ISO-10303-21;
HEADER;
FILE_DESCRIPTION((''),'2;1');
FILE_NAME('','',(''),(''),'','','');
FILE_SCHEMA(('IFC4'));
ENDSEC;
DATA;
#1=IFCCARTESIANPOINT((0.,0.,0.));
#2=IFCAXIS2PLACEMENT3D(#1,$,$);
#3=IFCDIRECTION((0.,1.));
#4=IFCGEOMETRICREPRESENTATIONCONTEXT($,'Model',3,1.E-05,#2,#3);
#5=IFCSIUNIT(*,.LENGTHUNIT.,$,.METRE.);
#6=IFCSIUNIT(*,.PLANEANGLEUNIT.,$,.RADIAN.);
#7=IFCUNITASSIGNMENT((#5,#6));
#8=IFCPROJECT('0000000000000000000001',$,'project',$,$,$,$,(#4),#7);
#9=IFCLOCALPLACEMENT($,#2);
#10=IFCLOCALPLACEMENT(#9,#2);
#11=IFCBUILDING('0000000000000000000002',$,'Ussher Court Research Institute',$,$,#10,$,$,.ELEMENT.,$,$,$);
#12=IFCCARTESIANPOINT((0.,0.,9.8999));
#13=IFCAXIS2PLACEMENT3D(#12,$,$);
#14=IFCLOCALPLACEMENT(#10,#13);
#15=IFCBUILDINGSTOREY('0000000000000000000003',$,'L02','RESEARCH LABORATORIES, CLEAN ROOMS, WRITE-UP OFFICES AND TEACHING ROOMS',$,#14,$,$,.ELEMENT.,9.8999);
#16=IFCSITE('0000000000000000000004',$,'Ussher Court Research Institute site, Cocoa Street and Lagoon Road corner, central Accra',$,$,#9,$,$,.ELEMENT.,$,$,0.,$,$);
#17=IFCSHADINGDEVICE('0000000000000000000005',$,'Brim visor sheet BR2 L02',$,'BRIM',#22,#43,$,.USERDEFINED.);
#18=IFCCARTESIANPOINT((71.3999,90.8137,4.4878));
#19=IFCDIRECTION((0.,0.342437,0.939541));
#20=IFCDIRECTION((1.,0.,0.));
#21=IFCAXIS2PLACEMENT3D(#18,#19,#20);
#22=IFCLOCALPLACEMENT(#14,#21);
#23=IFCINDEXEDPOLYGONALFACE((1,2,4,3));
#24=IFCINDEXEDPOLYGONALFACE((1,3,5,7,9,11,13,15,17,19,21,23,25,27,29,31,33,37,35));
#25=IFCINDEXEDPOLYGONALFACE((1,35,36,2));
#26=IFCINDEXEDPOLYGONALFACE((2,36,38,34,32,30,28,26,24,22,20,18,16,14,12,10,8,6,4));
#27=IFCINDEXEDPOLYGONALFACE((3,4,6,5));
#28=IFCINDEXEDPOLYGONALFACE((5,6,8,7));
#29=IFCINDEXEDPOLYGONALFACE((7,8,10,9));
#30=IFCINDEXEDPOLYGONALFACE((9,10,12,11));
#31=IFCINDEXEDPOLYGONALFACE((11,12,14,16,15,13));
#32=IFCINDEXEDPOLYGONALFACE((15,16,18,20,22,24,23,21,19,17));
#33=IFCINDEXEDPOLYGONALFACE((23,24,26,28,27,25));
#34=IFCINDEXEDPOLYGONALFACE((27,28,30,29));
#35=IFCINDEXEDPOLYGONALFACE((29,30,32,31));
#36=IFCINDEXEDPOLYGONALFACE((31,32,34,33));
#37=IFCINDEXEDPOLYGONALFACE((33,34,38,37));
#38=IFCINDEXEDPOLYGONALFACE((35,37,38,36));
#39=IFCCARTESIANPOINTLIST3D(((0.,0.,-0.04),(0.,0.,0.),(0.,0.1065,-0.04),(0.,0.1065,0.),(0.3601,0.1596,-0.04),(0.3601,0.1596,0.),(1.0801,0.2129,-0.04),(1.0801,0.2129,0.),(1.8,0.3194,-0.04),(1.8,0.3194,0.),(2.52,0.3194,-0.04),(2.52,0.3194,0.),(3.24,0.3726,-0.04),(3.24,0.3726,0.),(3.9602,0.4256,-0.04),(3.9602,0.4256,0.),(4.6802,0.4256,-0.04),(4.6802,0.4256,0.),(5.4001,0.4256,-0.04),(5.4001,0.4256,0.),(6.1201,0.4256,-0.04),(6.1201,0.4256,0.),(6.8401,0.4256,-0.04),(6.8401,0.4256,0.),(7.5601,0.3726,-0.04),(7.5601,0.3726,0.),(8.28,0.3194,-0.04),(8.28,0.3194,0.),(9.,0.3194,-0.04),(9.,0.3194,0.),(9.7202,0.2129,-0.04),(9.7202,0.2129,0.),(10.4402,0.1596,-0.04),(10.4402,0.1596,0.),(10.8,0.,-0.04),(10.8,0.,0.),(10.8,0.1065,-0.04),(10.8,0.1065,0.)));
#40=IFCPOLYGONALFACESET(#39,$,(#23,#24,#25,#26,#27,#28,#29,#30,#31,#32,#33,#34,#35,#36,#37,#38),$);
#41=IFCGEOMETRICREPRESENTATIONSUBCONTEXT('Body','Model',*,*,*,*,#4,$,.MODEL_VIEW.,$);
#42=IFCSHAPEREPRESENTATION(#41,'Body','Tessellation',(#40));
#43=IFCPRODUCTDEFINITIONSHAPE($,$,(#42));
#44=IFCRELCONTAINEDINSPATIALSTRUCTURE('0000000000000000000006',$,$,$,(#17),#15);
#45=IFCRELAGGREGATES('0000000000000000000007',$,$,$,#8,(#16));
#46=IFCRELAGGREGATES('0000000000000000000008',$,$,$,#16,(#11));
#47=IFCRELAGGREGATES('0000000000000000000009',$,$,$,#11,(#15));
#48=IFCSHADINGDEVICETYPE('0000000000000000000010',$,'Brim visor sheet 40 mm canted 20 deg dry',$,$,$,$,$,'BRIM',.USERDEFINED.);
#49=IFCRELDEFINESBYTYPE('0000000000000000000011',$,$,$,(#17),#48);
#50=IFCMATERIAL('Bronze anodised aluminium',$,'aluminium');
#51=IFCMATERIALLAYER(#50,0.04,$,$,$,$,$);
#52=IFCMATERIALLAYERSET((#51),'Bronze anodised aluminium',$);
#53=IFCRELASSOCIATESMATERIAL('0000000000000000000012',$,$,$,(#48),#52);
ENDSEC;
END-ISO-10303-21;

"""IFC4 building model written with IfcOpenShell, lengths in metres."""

from ifc_helpers import new_model, si_unit, direction, frame, origin, place, context, subcontext, project, spatial, polyline, outline, extrude, material, layer, layer_set, type_object, element, save


model = new_model("IFC4")

# Units and contexts
model_context = context("Model", 3, precision=1e-05, world=origin(), true_north=direction((0.0, 1.0)))
body_context = subcontext(model_context, "Body", "Model", "MODEL_VIEW")
ifc_project = project(units=[si_unit("LENGTHUNIT", "METRE"), si_unit("PLANEANGLEUNIT", "RADIAN")], contexts=[model_context])

# Site, building, storey
site_placement = place(None, origin())
site = spatial("IfcSite", under=ifc_project, at=site_placement, Name="Ussher Court Research Institute site, Cocoa Street and Lagoon Road corner, central Accra", CompositionType="ELEMENT", RefElevation=0.0)
building_placement = place(site_placement, origin())
building = spatial("IfcBuilding", under=site, at=building_placement, Name="Ussher Court Research Institute", CompositionType="ELEMENT")
storey_placement = place(building_placement, frame((0.0, 0.0, 9.8999)))
storey = spatial("IfcBuildingStorey", under=building, at=storey_placement, Name="L02", Description="RESEARCH LABORATORIES, CLEAN ROOMS, WRITE-UP OFFICES AND TEACHING ROOMS", CompositionType="ELEMENT", Elevation=9.8999)

# Shading device
ifc_material_1 = material(Name="Bronze anodised aluminium", Category="aluminium")
ifc_layer_1 = layer(ifc_material_1, 0.04)
ifc_layer_set_1 = layer_set([ifc_layer_1], Name="Bronze anodised aluminium")
shading_device_type_1 = type_object("IfcShadingDeviceType", Name="Brim visor sheet 40 mm canted 20 deg dry", ElementType="BRIM", PredefinedType="USERDEFINED", material=ifc_layer_set_1)
shading_device_placement = place(storey_placement, frame((71.3999, 90.8137, 4.4878), z_axis=(0.0, 0.342437, 0.939541), x_axis=(1.0, 0.0, 0.0)))
element("IfcShadingDevice", 1, at=shading_device_placement, inside=storey, type_object=shading_device_type_1, Name="Brim visor sheet BR2 L02", ObjectType="BRIM", PredefinedType="USERDEFINED", context=body_context, shape_type="SweptSolid", body=[
    extrude(outline(polyline([(0.0, 0.0), (10.8, 0.0), (10.8, 0.1065), (10.4402, 0.1596), (9.7202, 0.2129), (9.0, 0.3194), (8.28, 0.3194), (7.5601, 0.3726), (6.8401, 0.4256), (6.1201, 0.4256), (5.4001, 0.4256), (4.6802, 0.4256), (3.9602, 0.4256), (3.24, 0.3726), (2.52, 0.3194), (1.8, 0.3194), (1.0801, 0.2129), (0.3601, 0.1596), (0.0, 0.1065), (0.0, 0.0)])), origin(), (0.0, 0.0, -1.0), 0.04),
])

save(model, "model.ifc")
